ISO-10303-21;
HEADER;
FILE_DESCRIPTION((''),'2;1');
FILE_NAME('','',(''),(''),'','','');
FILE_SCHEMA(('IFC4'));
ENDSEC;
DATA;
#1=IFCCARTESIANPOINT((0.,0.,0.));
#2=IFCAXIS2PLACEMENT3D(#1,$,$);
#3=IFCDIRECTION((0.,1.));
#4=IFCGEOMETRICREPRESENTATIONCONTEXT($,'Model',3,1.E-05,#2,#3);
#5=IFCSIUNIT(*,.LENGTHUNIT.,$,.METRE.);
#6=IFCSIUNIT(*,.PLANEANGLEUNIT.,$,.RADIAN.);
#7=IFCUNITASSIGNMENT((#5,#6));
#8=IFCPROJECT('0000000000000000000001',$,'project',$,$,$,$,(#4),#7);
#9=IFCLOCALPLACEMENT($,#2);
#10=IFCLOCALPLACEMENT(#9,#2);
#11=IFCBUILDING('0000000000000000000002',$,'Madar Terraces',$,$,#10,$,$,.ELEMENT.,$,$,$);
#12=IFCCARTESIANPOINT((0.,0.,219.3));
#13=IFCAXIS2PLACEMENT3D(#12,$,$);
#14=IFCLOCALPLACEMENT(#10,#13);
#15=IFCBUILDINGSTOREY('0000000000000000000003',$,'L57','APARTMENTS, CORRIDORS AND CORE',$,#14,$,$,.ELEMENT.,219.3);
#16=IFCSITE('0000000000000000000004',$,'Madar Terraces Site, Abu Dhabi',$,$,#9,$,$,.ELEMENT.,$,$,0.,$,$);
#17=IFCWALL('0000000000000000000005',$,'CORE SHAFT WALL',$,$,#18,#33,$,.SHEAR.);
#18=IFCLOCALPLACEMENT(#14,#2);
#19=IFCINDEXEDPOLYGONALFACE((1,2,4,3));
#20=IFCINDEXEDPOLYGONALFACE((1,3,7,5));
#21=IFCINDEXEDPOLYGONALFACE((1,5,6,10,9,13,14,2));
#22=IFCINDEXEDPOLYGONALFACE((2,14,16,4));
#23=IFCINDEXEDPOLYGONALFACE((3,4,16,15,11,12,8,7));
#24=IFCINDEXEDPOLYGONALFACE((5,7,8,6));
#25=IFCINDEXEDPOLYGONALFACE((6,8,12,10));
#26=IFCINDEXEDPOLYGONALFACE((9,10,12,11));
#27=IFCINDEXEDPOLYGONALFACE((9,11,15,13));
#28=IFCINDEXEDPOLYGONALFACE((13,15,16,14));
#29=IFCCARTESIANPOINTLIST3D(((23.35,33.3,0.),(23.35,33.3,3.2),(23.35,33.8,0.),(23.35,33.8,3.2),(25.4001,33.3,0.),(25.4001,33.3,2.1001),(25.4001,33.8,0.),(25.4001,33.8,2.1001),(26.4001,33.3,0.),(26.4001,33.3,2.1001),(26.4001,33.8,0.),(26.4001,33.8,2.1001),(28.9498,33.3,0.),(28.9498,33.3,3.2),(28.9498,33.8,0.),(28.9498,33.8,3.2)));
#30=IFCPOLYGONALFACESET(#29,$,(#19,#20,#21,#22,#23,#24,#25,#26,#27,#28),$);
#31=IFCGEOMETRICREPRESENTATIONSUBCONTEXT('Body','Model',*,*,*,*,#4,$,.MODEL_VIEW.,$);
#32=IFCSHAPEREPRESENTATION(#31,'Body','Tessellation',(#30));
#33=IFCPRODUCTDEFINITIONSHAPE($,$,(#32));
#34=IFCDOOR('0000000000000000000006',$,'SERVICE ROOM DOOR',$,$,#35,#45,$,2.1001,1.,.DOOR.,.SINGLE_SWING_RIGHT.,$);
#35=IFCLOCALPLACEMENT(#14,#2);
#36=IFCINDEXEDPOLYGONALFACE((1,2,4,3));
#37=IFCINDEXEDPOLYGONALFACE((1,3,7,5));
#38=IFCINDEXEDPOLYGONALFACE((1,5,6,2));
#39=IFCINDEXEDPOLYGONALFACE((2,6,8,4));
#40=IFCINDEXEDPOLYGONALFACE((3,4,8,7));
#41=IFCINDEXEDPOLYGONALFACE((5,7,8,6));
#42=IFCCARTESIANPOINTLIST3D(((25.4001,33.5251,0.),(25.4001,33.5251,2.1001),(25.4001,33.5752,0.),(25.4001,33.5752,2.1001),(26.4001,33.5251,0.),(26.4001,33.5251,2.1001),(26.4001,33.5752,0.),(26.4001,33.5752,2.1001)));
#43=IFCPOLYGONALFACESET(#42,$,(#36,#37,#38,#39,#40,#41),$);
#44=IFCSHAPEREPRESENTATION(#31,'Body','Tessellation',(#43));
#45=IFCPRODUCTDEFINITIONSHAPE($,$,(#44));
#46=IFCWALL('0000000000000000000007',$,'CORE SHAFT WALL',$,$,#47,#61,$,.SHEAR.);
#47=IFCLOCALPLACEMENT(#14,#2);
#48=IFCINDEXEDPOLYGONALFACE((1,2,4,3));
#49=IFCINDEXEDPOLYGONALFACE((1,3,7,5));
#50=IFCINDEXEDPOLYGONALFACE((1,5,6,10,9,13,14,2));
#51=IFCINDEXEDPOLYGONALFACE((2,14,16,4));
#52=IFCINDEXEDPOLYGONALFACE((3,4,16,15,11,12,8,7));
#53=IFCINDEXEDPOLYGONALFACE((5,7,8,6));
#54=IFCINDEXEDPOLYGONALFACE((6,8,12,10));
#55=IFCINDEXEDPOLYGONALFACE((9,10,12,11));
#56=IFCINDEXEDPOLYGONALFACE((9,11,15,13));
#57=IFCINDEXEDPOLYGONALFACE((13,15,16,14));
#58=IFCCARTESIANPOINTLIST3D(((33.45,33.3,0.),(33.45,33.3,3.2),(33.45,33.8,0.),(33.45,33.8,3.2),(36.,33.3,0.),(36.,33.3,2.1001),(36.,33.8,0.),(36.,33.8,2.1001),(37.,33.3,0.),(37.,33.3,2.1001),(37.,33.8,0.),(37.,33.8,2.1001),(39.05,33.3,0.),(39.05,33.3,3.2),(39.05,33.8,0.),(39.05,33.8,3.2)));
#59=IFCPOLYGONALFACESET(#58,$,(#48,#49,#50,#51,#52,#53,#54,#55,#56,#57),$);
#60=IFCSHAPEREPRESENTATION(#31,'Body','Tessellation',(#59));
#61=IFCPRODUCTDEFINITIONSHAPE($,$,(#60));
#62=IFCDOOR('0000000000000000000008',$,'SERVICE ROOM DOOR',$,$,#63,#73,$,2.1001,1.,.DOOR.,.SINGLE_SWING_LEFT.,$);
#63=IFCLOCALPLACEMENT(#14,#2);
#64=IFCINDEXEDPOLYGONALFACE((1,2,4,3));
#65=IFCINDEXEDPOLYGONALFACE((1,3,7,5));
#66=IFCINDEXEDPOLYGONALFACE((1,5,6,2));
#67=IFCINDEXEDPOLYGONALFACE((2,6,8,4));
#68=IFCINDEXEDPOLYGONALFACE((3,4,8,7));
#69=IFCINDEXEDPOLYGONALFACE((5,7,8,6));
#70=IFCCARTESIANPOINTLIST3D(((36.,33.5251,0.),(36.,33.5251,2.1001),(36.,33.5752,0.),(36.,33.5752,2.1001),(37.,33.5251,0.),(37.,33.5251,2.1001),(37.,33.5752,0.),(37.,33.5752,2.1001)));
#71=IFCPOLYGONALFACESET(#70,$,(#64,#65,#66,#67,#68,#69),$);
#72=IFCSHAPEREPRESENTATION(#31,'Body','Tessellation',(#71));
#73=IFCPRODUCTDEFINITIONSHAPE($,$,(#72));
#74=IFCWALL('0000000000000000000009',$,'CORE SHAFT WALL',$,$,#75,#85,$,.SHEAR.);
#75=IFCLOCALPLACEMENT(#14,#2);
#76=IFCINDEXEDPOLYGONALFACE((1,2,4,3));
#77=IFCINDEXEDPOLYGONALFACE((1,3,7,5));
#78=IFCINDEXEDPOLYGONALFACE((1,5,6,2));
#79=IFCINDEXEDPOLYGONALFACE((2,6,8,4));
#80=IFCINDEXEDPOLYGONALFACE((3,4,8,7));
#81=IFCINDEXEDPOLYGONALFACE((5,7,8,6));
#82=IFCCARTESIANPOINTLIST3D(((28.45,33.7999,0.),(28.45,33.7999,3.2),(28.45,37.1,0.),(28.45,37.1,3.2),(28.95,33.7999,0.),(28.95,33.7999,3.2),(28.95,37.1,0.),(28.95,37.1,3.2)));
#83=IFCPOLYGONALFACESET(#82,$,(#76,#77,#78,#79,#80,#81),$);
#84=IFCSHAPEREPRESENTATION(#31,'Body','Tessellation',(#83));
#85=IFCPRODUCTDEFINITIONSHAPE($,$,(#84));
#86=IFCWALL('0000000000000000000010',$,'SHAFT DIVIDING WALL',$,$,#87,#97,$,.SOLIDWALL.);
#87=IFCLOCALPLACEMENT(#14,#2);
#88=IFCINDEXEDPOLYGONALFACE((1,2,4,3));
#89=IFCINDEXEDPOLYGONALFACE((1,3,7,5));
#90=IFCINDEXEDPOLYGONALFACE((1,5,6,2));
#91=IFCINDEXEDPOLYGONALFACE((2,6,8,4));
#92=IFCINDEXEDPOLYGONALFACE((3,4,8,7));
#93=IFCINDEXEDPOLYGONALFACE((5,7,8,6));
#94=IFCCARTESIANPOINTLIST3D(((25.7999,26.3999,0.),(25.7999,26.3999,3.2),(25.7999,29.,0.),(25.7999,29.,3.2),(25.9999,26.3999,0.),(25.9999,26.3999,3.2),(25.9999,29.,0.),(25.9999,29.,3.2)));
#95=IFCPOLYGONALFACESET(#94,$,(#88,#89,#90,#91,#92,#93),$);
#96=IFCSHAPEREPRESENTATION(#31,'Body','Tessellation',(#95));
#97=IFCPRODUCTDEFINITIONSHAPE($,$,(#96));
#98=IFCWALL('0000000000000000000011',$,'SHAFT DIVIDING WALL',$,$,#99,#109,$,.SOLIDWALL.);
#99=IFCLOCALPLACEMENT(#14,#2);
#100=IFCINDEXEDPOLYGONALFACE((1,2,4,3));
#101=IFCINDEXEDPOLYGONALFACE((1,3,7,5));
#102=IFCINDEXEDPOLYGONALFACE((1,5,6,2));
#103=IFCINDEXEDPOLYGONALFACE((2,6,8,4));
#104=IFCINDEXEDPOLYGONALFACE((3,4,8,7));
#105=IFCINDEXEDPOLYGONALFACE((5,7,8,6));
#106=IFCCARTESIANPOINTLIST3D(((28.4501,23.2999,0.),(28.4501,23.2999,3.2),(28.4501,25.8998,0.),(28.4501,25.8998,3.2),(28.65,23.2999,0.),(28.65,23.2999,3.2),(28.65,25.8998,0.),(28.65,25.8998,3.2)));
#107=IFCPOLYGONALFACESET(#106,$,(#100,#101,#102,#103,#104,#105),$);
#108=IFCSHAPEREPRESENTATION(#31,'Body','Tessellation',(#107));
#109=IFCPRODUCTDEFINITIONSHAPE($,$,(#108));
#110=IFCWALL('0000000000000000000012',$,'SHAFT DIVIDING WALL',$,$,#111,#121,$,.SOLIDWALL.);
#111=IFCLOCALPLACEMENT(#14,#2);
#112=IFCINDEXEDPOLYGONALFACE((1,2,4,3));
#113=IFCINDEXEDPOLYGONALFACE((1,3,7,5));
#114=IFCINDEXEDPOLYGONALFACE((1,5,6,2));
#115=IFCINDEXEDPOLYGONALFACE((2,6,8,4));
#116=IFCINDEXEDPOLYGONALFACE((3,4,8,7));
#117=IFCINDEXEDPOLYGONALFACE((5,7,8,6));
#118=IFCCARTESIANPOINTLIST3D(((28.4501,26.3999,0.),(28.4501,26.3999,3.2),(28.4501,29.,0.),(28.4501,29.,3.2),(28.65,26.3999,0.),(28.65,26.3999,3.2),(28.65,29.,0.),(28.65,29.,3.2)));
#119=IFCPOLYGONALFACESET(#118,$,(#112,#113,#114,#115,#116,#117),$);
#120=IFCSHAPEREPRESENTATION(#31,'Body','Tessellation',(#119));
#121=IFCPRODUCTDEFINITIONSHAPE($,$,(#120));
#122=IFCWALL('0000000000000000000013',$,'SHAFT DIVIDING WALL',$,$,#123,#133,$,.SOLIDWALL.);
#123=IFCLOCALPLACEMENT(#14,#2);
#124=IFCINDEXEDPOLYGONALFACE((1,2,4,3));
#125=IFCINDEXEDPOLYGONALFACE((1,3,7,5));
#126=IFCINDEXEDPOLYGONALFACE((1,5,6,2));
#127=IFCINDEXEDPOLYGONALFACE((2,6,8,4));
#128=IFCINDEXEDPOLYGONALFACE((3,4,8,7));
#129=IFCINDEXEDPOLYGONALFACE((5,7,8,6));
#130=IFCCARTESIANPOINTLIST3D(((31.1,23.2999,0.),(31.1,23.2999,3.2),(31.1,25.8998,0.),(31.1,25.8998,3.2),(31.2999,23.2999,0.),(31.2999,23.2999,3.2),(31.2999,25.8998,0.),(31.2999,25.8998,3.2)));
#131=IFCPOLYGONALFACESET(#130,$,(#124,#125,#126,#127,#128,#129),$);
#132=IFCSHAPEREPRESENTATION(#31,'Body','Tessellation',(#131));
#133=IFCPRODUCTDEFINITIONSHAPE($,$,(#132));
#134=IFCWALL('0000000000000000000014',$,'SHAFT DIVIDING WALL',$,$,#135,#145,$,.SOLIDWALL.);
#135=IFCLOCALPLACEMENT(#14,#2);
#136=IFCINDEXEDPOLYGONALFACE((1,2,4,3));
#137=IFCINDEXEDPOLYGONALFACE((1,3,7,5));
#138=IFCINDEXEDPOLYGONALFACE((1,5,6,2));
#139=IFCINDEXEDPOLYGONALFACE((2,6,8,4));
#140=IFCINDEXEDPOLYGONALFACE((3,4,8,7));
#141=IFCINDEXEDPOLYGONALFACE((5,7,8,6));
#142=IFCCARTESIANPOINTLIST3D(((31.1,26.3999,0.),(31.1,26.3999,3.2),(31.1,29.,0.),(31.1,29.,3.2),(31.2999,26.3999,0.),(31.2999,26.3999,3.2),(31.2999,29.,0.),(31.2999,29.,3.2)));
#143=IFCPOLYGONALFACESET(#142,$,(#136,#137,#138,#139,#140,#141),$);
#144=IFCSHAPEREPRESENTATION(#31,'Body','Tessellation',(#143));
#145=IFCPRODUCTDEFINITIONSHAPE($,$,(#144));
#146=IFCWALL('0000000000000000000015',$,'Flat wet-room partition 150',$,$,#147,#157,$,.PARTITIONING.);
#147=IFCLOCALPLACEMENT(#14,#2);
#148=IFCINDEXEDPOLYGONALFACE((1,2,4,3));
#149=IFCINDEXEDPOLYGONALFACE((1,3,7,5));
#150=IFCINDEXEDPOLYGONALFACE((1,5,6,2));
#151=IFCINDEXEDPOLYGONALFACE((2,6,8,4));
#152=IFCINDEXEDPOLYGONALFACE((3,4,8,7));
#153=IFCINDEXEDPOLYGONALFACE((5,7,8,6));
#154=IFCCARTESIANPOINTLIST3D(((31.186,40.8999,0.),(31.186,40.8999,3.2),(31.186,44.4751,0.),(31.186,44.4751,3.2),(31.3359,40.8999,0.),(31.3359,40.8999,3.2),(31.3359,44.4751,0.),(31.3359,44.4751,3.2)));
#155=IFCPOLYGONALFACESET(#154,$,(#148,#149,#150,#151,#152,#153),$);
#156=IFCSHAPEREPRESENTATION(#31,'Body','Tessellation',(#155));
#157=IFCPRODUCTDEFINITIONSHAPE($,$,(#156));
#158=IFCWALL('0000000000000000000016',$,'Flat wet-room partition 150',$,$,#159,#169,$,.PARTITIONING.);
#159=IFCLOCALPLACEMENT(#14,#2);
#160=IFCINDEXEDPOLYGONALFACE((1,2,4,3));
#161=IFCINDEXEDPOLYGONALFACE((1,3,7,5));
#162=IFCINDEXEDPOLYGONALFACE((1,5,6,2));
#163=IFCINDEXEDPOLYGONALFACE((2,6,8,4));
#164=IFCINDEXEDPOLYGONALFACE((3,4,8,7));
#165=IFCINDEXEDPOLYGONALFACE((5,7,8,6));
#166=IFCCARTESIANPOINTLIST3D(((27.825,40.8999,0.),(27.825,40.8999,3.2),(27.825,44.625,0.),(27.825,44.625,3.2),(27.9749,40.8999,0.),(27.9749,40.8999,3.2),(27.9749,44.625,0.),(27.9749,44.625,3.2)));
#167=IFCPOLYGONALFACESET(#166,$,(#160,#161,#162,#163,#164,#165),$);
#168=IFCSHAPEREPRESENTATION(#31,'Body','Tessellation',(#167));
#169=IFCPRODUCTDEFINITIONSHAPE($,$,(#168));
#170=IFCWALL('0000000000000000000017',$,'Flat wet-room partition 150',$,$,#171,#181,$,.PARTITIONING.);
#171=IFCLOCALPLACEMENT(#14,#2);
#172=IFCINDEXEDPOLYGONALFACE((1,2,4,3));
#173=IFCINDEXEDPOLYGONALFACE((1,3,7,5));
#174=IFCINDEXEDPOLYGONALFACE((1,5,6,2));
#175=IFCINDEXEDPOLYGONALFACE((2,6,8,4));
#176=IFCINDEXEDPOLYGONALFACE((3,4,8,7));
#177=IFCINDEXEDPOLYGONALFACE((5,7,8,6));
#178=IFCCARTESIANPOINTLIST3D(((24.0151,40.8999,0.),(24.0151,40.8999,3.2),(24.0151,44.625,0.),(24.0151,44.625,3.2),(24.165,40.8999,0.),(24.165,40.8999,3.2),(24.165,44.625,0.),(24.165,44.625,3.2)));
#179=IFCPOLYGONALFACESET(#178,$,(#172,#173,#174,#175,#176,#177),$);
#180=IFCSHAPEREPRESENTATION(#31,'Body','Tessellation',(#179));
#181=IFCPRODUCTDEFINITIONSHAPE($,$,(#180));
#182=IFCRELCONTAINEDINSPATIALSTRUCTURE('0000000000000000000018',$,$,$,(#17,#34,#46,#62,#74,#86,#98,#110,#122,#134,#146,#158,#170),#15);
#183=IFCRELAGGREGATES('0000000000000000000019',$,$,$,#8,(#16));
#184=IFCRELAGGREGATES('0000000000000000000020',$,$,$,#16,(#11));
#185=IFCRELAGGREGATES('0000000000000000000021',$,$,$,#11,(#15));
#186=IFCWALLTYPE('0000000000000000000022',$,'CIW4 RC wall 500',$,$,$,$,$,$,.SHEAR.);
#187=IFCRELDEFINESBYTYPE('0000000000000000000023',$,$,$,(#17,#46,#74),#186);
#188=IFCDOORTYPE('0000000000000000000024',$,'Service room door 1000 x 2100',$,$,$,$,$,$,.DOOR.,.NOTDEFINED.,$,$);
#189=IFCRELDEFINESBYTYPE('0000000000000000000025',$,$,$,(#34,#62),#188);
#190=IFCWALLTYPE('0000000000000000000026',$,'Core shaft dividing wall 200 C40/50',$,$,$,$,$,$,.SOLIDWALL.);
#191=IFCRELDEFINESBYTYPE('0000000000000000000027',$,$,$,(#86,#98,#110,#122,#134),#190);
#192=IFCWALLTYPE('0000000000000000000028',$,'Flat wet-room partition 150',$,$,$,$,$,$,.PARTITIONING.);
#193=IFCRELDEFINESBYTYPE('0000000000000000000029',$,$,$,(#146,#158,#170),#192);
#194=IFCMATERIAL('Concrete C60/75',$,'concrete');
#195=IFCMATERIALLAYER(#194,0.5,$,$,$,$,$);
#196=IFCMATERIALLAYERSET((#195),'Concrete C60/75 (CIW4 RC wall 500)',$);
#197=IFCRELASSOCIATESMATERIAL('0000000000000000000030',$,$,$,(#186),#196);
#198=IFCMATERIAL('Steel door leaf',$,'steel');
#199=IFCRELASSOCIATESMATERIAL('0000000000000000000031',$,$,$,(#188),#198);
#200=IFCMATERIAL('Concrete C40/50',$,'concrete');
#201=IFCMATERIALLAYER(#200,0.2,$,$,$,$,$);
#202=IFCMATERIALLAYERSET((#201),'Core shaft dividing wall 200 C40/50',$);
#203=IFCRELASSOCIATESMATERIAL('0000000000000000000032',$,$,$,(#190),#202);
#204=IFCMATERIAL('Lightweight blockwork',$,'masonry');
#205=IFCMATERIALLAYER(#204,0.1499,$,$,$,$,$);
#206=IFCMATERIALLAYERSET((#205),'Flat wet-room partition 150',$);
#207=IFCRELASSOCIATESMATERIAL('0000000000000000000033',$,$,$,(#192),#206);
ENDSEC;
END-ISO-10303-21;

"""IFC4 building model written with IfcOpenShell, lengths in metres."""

from ifc_helpers import new_model, si_unit, direction, frame, frame_2d, origin, place, context, subcontext, project, spatial, rectangle, extrude, material, layer, layer_set, type_object, element, fill, save


model = new_model("IFC4")

# Units and contexts
model_context = context("Model", 3, precision=1e-05, world=origin(), true_north=direction((0.0, 1.0)))
body_context = subcontext(model_context, "Body", "Model", "MODEL_VIEW")
ifc_project = project(units=[si_unit("LENGTHUNIT", "METRE"), si_unit("PLANEANGLEUNIT", "RADIAN")], contexts=[model_context])

# Site, building, storey
site_placement = place(None, origin())
site = spatial("IfcSite", under=ifc_project, at=site_placement, Name="Madar Terraces Site, Abu Dhabi", CompositionType="ELEMENT", RefElevation=0.0)
building_placement = place(site_placement, origin())
building = spatial("IfcBuilding", under=site, at=building_placement, Name="Madar Terraces", CompositionType="ELEMENT")
storey_placement = place(building_placement, frame((0.0, 0.0, 219.3)))
storey = spatial("IfcBuildingStorey", under=building, at=storey_placement, Name="L57", Description="APARTMENTS, CORRIDORS AND CORE", CompositionType="ELEMENT", Elevation=219.3)

# Walls, openings, doors
ifc_material_1 = material(Name="Concrete C60/75", Category="concrete")
ifc_layer_1 = layer(ifc_material_1, 0.5)
ifc_layer_set_1 = layer_set([ifc_layer_1], Name="Concrete C60/75 (CIW4 RC wall 500)")
wall_type_1 = type_object("IfcWallType", Name="CIW4 RC wall 500", PredefinedType="SHEAR", material=ifc_layer_set_1)
wall_1_placement = place(storey_placement, frame((23.3501, 33.55, 0.0), z_axis=(0.0, 0.0, 1.0), x_axis=(1.0, 0.0, 0.0)))
wall_1 = element("IfcWall", 1, at=wall_1_placement, inside=storey, type_object=wall_type_1, Name="CORE SHAFT WALL", PredefinedType="SHEAR", context=body_context, shape_type="SweptSolid", body=[
    extrude(rectangle(XDim=5.5999, YDim=0.5, at=frame_2d((2.7998, 0.0))), origin(), (0.0, 0.0, 1.0), 3.2),
])
opening_1_placement = place(wall_1_placement, frame((2.05, 0.0, 0.0)))
opening_1 = element("IfcOpeningElement", 2, at=opening_1_placement, cuts=wall_1, PredefinedType="OPENING", context=body_context, shape_type="SweptSolid", body=[
    extrude(rectangle(XDim=1.0, YDim=2.1001, at=frame_2d((0.5, 1.05))), frame((0.0, 0.26, 0.0), z_axis=(0.0, -1.0, 0.0), x_axis=(1.0, 0.0, 0.0)), (0.0, 0.0, 1.0), 0.52),
])
ifc_material_2 = material(Name="Steel door leaf", Category="steel")
door_type = type_object("IfcDoorType", Name="Service room door 1000 x 2100", OperationType="NOTDEFINED", PredefinedType="DOOR", material=ifc_material_2)
door_1_placement = place(opening_1_placement, frame((1.0, 0.0, 0.0), z_axis=(0.0, 0.0, 1.0), x_axis=(-1.0, 0.0, 0.0)))
door_1 = element("IfcDoor", 3, at=door_1_placement, inside=storey, type_object=door_type, Name="SERVICE ROOM DOOR", OperationType="SINGLE_SWING_RIGHT", OverallHeight=2.1001, OverallWidth=1.0, PredefinedType="DOOR", context=body_context, shape_type="SweptSolid", body=[
    extrude(rectangle(XDim=1.0, YDim=2.1001, at=frame_2d((0.5, 1.05))), frame((0.0, 0.0249, 0.0), z_axis=(0.0, -1.0, 0.0), x_axis=(1.0, 0.0, 0.0)), (0.0, 0.0, 1.0), 0.05),
])
fill(opening_1, door_1)
wall_2_placement = place(storey_placement, frame((33.45, 33.55, 0.0), z_axis=(0.0, 0.0, 1.0), x_axis=(1.0, 0.0, 0.0)))
wall_2 = element("IfcWall", 4, at=wall_2_placement, inside=storey, type_object=wall_type_1, Name="CORE SHAFT WALL", PredefinedType="SHEAR", context=body_context, shape_type="SweptSolid", body=[
    extrude(rectangle(XDim=5.6001, YDim=0.5, at=frame_2d((2.8, 0.0))), origin(), (0.0, 0.0, 1.0), 3.2),
])
opening_2_placement = place(wall_2_placement, frame((2.55, 0.0, 0.0)))
opening_2 = element("IfcOpeningElement", 5, at=opening_2_placement, cuts=wall_2, PredefinedType="OPENING", context=body_context, shape_type="SweptSolid", body=[
    extrude(rectangle(XDim=1.0, YDim=2.1001, at=frame_2d((0.5, 1.05))), frame((0.0, 0.26, 0.0), z_axis=(0.0, -1.0, 0.0), x_axis=(1.0, 0.0, 0.0)), (0.0, 0.0, 1.0), 0.52),
])
door_2_placement = place(opening_2_placement, frame((1.0, 0.0, 0.0), z_axis=(0.0, 0.0, 1.0), x_axis=(-1.0, 0.0, 0.0)))
door_2 = element("IfcDoor", 6, at=door_2_placement, inside=storey, type_object=door_type, Name="SERVICE ROOM DOOR", OperationType="SINGLE_SWING_LEFT", OverallHeight=2.1001, OverallWidth=1.0, PredefinedType="DOOR", context=body_context, shape_type="SweptSolid", body=[
    extrude(rectangle(XDim=1.0, YDim=2.1001, at=frame_2d((0.5, 1.05))), frame((0.0, 0.0249, 0.0), z_axis=(0.0, -1.0, 0.0), x_axis=(1.0, 0.0, 0.0)), (0.0, 0.0, 1.0), 0.05),
])
fill(opening_2, door_2)

# Walls
wall_3_placement = place(storey_placement, frame((28.7, 33.8, 0.0), z_axis=(0.0, 0.0, 1.0), x_axis=(0.0, 1.0, 0.0)))
element("IfcWall", 7, at=wall_3_placement, inside=storey, type_object=wall_type_1, Name="CORE SHAFT WALL", PredefinedType="SHEAR", context=body_context, shape_type="SweptSolid", body=[
    extrude(rectangle(XDim=3.3, YDim=0.5, at=frame_2d((1.6499, 0.0))), origin(), (0.0, 0.0, 1.0), 3.2),
])
ifc_material_3 = material(Name="Concrete C40/50", Category="concrete")
ifc_layer_2 = layer(ifc_material_3, 0.2)
ifc_layer_set_2 = layer_set([ifc_layer_2], Name="Core shaft dividing wall 200 C40/50")
wall_type_2 = type_object("IfcWallType", Name="Core shaft dividing wall 200 C40/50", PredefinedType="SOLIDWALL", material=ifc_layer_set_2)
wall_4_placement = place(storey_placement, frame((25.8999, 26.3999, 0.0), z_axis=(0.0, 0.0, 1.0), x_axis=(0.0, 1.0, 0.0)))
element("IfcWall", 8, at=wall_4_placement, inside=storey, type_object=wall_type_2, Name="SHAFT DIVIDING WALL", PredefinedType="SOLIDWALL", context=body_context, shape_type="SweptSolid", body=[
    extrude(rectangle(XDim=2.6001, YDim=0.2, at=frame_2d((1.3, 0.0))), origin(), (0.0, 0.0, 1.0), 3.2),
])
wall_5_placement = place(storey_placement, frame((28.55, 23.3, 0.0), z_axis=(0.0, 0.0, 1.0), x_axis=(0.0, 1.0, 0.0)))
element("IfcWall", 9, at=wall_5_placement, inside=storey, type_object=wall_type_2, Name="SHAFT DIVIDING WALL", PredefinedType="SOLIDWALL", context=body_context, shape_type="SweptSolid", body=[
    extrude(rectangle(XDim=2.5999, YDim=0.2, at=frame_2d((1.2998, 0.0))), origin(), (0.0, 0.0, 1.0), 3.2),
])
wall_6_placement = place(storey_placement, frame((28.55, 26.3999, 0.0), z_axis=(0.0, 0.0, 1.0), x_axis=(0.0, 1.0, 0.0)))
element("IfcWall", 10, at=wall_6_placement, inside=storey, type_object=wall_type_2, Name="SHAFT DIVIDING WALL", PredefinedType="SOLIDWALL", context=body_context, shape_type="SweptSolid", body=[
    extrude(rectangle(XDim=2.6001, YDim=0.2, at=frame_2d((1.3, 0.0))), origin(), (0.0, 0.0, 1.0), 3.2),
])
wall_7_placement = place(storey_placement, frame((31.2, 23.3, 0.0), z_axis=(0.0, 0.0, 1.0), x_axis=(0.0, 1.0, 0.0)))
element("IfcWall", 11, at=wall_7_placement, inside=storey, type_object=wall_type_2, Name="SHAFT DIVIDING WALL", PredefinedType="SOLIDWALL", context=body_context, shape_type="SweptSolid", body=[
    extrude(rectangle(XDim=2.5999, YDim=0.2, at=frame_2d((1.2998, 0.0))), origin(), (0.0, 0.0, 1.0), 3.2),
])
wall_8_placement = place(storey_placement, frame((31.2, 26.3999, 0.0), z_axis=(0.0, 0.0, 1.0), x_axis=(0.0, 1.0, 0.0)))
element("IfcWall", 12, at=wall_8_placement, inside=storey, type_object=wall_type_2, Name="SHAFT DIVIDING WALL", PredefinedType="SOLIDWALL", context=body_context, shape_type="SweptSolid", body=[
    extrude(rectangle(XDim=2.6001, YDim=0.2, at=frame_2d((1.3, 0.0))), origin(), (0.0, 0.0, 1.0), 3.2),
])
ifc_material_4 = material(Name="Lightweight blockwork", Category="masonry")
ifc_layer_3 = layer(ifc_material_4, 0.1499)
ifc_layer_set_3 = layer_set([ifc_layer_3], Name="Flat wet-room partition 150")
wall_type_3 = type_object("IfcWallType", Name="Flat wet-room partition 150", PredefinedType="PARTITIONING", material=ifc_layer_set_3)
wall_9_placement = place(storey_placement, frame((31.261, 40.8999, 0.0), z_axis=(0.0, 0.0, 1.0), x_axis=(0.0, 1.0, 0.0)))
element("IfcWall", 13, at=wall_9_placement, inside=storey, type_object=wall_type_3, Name="Flat wet-room partition 150", PredefinedType="PARTITIONING", context=body_context, shape_type="SweptSolid", body=[
    extrude(rectangle(XDim=3.5752, YDim=0.1499, at=frame_2d((1.7876, 0.0))), origin(), (0.0, 0.0, 1.0), 3.2),
])
for number, where, z_axis, x_axis, name in (
    (14, (27.8999, 40.8999, 0.0), (0.0, 0.0, 1.0), (0.0, 1.0, 0.0), "Flat wet-room partition 150"),
    (15, (24.0901, 40.8999, 0.0), (0.0, 0.0, 1.0), (0.0, 1.0, 0.0), "Flat wet-room partition 150"),
):
    element("IfcWall", number, at=place(storey_placement, frame(where, z_axis=z_axis, x_axis=x_axis)), inside=storey, type_object=wall_type_3, Name=name, PredefinedType="PARTITIONING", context=body_context, shape_type="SweptSolid", body=[
        extrude(rectangle(XDim=3.7251, YDim=0.1499, at=frame_2d((1.8625, 0.0))), origin(), (0.0, 0.0, 1.0), 3.2),
    ])

save(model, "model.ifc")
